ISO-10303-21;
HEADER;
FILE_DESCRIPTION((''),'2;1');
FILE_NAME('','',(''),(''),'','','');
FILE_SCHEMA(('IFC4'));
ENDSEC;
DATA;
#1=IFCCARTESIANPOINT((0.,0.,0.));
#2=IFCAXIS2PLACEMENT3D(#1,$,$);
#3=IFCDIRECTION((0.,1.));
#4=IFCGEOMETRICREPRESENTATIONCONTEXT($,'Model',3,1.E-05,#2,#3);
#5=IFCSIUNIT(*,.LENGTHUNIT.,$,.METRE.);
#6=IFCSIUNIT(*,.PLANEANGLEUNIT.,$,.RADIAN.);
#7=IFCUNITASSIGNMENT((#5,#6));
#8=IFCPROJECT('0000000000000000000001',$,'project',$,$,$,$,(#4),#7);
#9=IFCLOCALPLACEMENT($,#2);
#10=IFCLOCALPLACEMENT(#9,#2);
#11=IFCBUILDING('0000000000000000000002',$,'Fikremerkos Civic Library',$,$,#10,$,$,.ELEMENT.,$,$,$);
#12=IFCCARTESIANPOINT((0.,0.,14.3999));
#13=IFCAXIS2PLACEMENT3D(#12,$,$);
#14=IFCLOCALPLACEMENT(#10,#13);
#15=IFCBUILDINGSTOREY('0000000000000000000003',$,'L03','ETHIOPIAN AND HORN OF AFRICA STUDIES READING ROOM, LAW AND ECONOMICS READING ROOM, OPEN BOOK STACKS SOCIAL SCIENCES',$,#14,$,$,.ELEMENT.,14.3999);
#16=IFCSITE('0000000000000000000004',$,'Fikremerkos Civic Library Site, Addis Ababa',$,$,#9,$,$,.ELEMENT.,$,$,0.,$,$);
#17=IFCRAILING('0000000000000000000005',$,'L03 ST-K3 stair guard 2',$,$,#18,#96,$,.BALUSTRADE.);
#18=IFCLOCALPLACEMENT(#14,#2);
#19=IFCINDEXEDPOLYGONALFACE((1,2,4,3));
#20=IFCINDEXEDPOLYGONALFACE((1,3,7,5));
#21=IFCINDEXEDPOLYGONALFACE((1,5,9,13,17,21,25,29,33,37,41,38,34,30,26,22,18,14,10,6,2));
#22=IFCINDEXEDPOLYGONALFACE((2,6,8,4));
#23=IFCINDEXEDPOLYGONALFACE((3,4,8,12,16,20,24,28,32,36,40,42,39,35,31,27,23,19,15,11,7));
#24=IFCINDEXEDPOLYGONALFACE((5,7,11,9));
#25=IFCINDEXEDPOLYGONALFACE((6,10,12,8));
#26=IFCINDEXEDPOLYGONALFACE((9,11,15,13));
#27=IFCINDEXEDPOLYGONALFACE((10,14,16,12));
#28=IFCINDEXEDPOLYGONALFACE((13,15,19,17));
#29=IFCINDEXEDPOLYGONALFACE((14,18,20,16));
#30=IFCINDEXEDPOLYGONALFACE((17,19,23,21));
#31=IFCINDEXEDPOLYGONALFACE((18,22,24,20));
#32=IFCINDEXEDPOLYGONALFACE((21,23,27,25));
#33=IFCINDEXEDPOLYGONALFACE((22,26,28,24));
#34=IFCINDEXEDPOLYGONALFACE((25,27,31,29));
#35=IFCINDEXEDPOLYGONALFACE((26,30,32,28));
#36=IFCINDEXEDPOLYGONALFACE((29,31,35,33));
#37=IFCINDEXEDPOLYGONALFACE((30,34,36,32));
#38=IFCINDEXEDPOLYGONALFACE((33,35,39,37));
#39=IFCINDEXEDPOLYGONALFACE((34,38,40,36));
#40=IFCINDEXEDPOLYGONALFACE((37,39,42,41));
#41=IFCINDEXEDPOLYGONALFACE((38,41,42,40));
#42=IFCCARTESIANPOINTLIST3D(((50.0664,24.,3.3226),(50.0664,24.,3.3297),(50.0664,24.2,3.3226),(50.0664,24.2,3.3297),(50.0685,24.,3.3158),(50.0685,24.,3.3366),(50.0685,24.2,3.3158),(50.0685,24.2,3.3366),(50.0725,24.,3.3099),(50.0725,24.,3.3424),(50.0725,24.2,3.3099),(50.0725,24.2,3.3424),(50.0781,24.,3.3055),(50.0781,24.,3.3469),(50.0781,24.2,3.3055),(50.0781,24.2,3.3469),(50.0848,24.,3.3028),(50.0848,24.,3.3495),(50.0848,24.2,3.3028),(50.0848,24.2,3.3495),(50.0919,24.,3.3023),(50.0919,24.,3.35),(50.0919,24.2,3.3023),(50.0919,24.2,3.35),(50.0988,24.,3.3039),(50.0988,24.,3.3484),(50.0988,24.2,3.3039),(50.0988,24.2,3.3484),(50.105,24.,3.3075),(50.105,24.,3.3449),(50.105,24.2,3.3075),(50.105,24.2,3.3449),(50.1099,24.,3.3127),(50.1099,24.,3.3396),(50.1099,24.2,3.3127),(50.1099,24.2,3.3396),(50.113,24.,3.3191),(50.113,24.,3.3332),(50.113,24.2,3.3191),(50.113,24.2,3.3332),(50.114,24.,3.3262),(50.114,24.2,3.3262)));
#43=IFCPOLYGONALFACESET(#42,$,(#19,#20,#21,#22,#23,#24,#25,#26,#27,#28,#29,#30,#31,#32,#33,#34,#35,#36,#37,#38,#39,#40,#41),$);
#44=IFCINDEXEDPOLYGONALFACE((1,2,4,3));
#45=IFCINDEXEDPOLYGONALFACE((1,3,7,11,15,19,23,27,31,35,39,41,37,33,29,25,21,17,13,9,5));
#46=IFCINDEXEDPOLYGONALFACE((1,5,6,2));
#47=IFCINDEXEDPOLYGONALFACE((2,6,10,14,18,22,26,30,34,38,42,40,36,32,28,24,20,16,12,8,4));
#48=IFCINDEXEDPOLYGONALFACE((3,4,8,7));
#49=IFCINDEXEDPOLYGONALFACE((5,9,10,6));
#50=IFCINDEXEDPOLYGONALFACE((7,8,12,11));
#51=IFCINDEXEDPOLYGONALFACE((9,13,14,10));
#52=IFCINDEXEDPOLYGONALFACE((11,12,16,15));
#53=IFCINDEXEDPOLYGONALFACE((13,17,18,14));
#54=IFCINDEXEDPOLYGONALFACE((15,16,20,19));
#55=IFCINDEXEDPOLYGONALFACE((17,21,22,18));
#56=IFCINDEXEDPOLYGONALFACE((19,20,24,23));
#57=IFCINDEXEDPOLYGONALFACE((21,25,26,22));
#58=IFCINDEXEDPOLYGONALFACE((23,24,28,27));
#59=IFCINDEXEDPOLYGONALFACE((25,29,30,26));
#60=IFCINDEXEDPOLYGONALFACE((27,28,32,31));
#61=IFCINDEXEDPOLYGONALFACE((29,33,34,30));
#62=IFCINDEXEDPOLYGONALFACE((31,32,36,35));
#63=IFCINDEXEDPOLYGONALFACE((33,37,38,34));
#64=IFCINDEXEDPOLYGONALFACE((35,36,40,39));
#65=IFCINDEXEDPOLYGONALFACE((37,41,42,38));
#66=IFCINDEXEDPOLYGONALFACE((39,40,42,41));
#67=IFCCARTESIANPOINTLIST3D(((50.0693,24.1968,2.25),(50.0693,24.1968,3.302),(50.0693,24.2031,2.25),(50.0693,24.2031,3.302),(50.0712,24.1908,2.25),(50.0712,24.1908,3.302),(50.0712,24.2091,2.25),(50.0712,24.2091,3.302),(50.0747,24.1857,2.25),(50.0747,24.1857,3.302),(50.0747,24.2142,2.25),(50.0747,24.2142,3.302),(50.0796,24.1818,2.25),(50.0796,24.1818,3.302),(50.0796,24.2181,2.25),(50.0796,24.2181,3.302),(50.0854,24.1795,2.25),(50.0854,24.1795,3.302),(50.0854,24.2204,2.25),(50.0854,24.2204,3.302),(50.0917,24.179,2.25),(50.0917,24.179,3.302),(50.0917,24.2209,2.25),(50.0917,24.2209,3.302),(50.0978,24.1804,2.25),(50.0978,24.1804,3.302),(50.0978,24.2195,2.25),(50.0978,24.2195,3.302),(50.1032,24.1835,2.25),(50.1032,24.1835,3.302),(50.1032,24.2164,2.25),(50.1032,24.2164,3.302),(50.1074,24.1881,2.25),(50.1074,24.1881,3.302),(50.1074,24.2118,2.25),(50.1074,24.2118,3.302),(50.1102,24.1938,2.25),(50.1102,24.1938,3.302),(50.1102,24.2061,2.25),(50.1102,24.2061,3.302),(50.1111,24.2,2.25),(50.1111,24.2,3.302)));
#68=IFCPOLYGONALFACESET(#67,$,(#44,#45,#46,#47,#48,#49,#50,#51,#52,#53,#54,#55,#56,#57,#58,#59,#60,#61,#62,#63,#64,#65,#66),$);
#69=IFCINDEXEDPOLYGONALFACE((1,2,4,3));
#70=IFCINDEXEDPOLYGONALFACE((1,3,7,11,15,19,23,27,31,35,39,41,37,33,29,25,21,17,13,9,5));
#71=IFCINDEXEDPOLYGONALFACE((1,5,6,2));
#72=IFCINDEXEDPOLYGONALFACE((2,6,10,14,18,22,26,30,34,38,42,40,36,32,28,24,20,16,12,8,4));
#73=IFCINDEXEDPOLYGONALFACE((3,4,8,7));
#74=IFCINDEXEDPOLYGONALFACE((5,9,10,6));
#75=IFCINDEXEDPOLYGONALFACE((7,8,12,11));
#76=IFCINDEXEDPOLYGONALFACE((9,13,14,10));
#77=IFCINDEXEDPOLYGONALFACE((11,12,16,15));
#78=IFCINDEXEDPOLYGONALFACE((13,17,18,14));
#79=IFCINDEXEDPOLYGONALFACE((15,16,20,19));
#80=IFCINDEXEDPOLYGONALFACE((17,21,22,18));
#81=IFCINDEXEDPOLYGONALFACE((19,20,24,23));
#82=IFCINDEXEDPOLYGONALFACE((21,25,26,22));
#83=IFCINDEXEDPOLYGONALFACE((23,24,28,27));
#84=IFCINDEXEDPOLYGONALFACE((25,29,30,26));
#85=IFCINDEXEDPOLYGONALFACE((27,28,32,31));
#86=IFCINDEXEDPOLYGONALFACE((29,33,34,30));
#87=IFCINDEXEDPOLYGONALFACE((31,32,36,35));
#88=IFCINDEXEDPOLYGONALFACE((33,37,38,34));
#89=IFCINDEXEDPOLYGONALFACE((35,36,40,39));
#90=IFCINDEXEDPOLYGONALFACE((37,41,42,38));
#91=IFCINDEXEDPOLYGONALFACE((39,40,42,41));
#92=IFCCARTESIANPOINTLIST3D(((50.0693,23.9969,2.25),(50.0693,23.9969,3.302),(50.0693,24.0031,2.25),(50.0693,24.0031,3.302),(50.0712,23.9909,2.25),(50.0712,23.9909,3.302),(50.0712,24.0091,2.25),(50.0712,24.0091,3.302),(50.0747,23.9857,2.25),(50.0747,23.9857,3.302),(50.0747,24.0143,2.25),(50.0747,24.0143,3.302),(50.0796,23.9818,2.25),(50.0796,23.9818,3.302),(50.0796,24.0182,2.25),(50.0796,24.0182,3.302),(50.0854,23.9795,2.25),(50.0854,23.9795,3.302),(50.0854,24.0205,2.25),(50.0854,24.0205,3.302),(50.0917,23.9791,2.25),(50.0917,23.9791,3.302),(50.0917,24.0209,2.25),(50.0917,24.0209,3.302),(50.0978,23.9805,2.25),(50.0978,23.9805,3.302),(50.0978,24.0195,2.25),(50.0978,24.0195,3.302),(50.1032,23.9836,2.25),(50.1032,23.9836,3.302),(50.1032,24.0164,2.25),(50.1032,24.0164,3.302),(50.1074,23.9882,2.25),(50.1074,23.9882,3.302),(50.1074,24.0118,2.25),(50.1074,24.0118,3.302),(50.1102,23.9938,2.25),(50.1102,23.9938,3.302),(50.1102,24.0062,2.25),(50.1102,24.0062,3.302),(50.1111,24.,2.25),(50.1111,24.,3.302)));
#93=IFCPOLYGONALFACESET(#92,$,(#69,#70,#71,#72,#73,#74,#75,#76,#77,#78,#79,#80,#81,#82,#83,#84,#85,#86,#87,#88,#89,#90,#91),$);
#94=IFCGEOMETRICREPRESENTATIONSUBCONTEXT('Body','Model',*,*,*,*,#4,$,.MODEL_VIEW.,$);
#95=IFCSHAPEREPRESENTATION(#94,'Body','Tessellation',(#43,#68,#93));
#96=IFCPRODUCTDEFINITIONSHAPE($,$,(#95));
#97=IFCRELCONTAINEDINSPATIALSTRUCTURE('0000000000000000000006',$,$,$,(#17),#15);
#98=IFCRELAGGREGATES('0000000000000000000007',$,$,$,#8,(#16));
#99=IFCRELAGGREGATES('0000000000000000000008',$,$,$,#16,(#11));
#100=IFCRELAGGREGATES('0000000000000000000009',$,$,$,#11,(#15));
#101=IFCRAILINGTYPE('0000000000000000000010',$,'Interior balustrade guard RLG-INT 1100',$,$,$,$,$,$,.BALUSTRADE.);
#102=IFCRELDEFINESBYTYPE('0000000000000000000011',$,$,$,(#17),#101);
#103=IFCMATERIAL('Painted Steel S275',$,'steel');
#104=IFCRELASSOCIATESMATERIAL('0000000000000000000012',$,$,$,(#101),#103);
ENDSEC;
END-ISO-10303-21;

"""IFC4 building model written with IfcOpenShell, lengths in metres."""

from ifc_helpers import new_model, si_unit, direction, frame, origin, origin_2d, place, context, subcontext, project, spatial, circle, extrude, material, type_object, element, save


model = new_model("IFC4")

# Units and contexts
model_context = context("Model", 3, precision=1e-05, world=origin(), true_north=direction((0.0, 1.0)))
body_context = subcontext(model_context, "Body", "Model", "MODEL_VIEW")
ifc_project = project(units=[si_unit("LENGTHUNIT", "METRE"), si_unit("PLANEANGLEUNIT", "RADIAN")], contexts=[model_context])

# Site, building, storey
site_placement = place(None, origin())
site = spatial("IfcSite", under=ifc_project, at=site_placement, Name="Fikremerkos Civic Library Site, Addis Ababa", CompositionType="ELEMENT", RefElevation=0.0)
building_placement = place(site_placement, origin())
building = spatial("IfcBuilding", under=site, at=building_placement, Name="Fikremerkos Civic Library", CompositionType="ELEMENT")
storey_placement = place(building_placement, frame((0.0, 0.0, 14.3999)))
storey = spatial("IfcBuildingStorey", under=building, at=storey_placement, Name="L03", Description="ETHIOPIAN AND HORN OF AFRICA STUDIES READING ROOM, LAW AND ECONOMICS READING ROOM, OPEN BOOK STACKS SOCIAL SCIENCES", CompositionType="ELEMENT", Elevation=14.3999)

# Railing
ifc_material_1 = material(Name="Painted Steel S275", Category="steel")
railing_type_1 = type_object("IfcRailingType", Name="Interior balustrade guard RLG-INT 1100", PredefinedType="BALUSTRADE", material=ifc_material_1)
railing_1_placement = place(storey_placement, frame((50.0901, 24.2, 2.25)))
element("IfcRailing", 1, at=railing_1_placement, inside=storey, type_object=railing_type_1, Name="L03 ST-K3 stair guard 2", PredefinedType="BALUSTRADE", context=body_context, shape_type="SweptSolid", body=[
    extrude(circle(Radius=0.0239, at=origin_2d()), frame((0.0, 0.0, 1.0762), z_axis=(0.0, -1.0, 0.0), x_axis=(1.0, 0.0, 0.0)), (0.0, 0.0, 1.0), 0.2),
    extrude(circle(Radius=0.021, at=origin_2d()), origin(), (0.0, 0.0, 1.0), 1.052),
    extrude(circle(Radius=0.021, at=origin_2d()), frame((0.0, -0.2, 0.0)), (0.0, 0.0, 1.0), 1.052),
])

save(model, "model.ifc")
